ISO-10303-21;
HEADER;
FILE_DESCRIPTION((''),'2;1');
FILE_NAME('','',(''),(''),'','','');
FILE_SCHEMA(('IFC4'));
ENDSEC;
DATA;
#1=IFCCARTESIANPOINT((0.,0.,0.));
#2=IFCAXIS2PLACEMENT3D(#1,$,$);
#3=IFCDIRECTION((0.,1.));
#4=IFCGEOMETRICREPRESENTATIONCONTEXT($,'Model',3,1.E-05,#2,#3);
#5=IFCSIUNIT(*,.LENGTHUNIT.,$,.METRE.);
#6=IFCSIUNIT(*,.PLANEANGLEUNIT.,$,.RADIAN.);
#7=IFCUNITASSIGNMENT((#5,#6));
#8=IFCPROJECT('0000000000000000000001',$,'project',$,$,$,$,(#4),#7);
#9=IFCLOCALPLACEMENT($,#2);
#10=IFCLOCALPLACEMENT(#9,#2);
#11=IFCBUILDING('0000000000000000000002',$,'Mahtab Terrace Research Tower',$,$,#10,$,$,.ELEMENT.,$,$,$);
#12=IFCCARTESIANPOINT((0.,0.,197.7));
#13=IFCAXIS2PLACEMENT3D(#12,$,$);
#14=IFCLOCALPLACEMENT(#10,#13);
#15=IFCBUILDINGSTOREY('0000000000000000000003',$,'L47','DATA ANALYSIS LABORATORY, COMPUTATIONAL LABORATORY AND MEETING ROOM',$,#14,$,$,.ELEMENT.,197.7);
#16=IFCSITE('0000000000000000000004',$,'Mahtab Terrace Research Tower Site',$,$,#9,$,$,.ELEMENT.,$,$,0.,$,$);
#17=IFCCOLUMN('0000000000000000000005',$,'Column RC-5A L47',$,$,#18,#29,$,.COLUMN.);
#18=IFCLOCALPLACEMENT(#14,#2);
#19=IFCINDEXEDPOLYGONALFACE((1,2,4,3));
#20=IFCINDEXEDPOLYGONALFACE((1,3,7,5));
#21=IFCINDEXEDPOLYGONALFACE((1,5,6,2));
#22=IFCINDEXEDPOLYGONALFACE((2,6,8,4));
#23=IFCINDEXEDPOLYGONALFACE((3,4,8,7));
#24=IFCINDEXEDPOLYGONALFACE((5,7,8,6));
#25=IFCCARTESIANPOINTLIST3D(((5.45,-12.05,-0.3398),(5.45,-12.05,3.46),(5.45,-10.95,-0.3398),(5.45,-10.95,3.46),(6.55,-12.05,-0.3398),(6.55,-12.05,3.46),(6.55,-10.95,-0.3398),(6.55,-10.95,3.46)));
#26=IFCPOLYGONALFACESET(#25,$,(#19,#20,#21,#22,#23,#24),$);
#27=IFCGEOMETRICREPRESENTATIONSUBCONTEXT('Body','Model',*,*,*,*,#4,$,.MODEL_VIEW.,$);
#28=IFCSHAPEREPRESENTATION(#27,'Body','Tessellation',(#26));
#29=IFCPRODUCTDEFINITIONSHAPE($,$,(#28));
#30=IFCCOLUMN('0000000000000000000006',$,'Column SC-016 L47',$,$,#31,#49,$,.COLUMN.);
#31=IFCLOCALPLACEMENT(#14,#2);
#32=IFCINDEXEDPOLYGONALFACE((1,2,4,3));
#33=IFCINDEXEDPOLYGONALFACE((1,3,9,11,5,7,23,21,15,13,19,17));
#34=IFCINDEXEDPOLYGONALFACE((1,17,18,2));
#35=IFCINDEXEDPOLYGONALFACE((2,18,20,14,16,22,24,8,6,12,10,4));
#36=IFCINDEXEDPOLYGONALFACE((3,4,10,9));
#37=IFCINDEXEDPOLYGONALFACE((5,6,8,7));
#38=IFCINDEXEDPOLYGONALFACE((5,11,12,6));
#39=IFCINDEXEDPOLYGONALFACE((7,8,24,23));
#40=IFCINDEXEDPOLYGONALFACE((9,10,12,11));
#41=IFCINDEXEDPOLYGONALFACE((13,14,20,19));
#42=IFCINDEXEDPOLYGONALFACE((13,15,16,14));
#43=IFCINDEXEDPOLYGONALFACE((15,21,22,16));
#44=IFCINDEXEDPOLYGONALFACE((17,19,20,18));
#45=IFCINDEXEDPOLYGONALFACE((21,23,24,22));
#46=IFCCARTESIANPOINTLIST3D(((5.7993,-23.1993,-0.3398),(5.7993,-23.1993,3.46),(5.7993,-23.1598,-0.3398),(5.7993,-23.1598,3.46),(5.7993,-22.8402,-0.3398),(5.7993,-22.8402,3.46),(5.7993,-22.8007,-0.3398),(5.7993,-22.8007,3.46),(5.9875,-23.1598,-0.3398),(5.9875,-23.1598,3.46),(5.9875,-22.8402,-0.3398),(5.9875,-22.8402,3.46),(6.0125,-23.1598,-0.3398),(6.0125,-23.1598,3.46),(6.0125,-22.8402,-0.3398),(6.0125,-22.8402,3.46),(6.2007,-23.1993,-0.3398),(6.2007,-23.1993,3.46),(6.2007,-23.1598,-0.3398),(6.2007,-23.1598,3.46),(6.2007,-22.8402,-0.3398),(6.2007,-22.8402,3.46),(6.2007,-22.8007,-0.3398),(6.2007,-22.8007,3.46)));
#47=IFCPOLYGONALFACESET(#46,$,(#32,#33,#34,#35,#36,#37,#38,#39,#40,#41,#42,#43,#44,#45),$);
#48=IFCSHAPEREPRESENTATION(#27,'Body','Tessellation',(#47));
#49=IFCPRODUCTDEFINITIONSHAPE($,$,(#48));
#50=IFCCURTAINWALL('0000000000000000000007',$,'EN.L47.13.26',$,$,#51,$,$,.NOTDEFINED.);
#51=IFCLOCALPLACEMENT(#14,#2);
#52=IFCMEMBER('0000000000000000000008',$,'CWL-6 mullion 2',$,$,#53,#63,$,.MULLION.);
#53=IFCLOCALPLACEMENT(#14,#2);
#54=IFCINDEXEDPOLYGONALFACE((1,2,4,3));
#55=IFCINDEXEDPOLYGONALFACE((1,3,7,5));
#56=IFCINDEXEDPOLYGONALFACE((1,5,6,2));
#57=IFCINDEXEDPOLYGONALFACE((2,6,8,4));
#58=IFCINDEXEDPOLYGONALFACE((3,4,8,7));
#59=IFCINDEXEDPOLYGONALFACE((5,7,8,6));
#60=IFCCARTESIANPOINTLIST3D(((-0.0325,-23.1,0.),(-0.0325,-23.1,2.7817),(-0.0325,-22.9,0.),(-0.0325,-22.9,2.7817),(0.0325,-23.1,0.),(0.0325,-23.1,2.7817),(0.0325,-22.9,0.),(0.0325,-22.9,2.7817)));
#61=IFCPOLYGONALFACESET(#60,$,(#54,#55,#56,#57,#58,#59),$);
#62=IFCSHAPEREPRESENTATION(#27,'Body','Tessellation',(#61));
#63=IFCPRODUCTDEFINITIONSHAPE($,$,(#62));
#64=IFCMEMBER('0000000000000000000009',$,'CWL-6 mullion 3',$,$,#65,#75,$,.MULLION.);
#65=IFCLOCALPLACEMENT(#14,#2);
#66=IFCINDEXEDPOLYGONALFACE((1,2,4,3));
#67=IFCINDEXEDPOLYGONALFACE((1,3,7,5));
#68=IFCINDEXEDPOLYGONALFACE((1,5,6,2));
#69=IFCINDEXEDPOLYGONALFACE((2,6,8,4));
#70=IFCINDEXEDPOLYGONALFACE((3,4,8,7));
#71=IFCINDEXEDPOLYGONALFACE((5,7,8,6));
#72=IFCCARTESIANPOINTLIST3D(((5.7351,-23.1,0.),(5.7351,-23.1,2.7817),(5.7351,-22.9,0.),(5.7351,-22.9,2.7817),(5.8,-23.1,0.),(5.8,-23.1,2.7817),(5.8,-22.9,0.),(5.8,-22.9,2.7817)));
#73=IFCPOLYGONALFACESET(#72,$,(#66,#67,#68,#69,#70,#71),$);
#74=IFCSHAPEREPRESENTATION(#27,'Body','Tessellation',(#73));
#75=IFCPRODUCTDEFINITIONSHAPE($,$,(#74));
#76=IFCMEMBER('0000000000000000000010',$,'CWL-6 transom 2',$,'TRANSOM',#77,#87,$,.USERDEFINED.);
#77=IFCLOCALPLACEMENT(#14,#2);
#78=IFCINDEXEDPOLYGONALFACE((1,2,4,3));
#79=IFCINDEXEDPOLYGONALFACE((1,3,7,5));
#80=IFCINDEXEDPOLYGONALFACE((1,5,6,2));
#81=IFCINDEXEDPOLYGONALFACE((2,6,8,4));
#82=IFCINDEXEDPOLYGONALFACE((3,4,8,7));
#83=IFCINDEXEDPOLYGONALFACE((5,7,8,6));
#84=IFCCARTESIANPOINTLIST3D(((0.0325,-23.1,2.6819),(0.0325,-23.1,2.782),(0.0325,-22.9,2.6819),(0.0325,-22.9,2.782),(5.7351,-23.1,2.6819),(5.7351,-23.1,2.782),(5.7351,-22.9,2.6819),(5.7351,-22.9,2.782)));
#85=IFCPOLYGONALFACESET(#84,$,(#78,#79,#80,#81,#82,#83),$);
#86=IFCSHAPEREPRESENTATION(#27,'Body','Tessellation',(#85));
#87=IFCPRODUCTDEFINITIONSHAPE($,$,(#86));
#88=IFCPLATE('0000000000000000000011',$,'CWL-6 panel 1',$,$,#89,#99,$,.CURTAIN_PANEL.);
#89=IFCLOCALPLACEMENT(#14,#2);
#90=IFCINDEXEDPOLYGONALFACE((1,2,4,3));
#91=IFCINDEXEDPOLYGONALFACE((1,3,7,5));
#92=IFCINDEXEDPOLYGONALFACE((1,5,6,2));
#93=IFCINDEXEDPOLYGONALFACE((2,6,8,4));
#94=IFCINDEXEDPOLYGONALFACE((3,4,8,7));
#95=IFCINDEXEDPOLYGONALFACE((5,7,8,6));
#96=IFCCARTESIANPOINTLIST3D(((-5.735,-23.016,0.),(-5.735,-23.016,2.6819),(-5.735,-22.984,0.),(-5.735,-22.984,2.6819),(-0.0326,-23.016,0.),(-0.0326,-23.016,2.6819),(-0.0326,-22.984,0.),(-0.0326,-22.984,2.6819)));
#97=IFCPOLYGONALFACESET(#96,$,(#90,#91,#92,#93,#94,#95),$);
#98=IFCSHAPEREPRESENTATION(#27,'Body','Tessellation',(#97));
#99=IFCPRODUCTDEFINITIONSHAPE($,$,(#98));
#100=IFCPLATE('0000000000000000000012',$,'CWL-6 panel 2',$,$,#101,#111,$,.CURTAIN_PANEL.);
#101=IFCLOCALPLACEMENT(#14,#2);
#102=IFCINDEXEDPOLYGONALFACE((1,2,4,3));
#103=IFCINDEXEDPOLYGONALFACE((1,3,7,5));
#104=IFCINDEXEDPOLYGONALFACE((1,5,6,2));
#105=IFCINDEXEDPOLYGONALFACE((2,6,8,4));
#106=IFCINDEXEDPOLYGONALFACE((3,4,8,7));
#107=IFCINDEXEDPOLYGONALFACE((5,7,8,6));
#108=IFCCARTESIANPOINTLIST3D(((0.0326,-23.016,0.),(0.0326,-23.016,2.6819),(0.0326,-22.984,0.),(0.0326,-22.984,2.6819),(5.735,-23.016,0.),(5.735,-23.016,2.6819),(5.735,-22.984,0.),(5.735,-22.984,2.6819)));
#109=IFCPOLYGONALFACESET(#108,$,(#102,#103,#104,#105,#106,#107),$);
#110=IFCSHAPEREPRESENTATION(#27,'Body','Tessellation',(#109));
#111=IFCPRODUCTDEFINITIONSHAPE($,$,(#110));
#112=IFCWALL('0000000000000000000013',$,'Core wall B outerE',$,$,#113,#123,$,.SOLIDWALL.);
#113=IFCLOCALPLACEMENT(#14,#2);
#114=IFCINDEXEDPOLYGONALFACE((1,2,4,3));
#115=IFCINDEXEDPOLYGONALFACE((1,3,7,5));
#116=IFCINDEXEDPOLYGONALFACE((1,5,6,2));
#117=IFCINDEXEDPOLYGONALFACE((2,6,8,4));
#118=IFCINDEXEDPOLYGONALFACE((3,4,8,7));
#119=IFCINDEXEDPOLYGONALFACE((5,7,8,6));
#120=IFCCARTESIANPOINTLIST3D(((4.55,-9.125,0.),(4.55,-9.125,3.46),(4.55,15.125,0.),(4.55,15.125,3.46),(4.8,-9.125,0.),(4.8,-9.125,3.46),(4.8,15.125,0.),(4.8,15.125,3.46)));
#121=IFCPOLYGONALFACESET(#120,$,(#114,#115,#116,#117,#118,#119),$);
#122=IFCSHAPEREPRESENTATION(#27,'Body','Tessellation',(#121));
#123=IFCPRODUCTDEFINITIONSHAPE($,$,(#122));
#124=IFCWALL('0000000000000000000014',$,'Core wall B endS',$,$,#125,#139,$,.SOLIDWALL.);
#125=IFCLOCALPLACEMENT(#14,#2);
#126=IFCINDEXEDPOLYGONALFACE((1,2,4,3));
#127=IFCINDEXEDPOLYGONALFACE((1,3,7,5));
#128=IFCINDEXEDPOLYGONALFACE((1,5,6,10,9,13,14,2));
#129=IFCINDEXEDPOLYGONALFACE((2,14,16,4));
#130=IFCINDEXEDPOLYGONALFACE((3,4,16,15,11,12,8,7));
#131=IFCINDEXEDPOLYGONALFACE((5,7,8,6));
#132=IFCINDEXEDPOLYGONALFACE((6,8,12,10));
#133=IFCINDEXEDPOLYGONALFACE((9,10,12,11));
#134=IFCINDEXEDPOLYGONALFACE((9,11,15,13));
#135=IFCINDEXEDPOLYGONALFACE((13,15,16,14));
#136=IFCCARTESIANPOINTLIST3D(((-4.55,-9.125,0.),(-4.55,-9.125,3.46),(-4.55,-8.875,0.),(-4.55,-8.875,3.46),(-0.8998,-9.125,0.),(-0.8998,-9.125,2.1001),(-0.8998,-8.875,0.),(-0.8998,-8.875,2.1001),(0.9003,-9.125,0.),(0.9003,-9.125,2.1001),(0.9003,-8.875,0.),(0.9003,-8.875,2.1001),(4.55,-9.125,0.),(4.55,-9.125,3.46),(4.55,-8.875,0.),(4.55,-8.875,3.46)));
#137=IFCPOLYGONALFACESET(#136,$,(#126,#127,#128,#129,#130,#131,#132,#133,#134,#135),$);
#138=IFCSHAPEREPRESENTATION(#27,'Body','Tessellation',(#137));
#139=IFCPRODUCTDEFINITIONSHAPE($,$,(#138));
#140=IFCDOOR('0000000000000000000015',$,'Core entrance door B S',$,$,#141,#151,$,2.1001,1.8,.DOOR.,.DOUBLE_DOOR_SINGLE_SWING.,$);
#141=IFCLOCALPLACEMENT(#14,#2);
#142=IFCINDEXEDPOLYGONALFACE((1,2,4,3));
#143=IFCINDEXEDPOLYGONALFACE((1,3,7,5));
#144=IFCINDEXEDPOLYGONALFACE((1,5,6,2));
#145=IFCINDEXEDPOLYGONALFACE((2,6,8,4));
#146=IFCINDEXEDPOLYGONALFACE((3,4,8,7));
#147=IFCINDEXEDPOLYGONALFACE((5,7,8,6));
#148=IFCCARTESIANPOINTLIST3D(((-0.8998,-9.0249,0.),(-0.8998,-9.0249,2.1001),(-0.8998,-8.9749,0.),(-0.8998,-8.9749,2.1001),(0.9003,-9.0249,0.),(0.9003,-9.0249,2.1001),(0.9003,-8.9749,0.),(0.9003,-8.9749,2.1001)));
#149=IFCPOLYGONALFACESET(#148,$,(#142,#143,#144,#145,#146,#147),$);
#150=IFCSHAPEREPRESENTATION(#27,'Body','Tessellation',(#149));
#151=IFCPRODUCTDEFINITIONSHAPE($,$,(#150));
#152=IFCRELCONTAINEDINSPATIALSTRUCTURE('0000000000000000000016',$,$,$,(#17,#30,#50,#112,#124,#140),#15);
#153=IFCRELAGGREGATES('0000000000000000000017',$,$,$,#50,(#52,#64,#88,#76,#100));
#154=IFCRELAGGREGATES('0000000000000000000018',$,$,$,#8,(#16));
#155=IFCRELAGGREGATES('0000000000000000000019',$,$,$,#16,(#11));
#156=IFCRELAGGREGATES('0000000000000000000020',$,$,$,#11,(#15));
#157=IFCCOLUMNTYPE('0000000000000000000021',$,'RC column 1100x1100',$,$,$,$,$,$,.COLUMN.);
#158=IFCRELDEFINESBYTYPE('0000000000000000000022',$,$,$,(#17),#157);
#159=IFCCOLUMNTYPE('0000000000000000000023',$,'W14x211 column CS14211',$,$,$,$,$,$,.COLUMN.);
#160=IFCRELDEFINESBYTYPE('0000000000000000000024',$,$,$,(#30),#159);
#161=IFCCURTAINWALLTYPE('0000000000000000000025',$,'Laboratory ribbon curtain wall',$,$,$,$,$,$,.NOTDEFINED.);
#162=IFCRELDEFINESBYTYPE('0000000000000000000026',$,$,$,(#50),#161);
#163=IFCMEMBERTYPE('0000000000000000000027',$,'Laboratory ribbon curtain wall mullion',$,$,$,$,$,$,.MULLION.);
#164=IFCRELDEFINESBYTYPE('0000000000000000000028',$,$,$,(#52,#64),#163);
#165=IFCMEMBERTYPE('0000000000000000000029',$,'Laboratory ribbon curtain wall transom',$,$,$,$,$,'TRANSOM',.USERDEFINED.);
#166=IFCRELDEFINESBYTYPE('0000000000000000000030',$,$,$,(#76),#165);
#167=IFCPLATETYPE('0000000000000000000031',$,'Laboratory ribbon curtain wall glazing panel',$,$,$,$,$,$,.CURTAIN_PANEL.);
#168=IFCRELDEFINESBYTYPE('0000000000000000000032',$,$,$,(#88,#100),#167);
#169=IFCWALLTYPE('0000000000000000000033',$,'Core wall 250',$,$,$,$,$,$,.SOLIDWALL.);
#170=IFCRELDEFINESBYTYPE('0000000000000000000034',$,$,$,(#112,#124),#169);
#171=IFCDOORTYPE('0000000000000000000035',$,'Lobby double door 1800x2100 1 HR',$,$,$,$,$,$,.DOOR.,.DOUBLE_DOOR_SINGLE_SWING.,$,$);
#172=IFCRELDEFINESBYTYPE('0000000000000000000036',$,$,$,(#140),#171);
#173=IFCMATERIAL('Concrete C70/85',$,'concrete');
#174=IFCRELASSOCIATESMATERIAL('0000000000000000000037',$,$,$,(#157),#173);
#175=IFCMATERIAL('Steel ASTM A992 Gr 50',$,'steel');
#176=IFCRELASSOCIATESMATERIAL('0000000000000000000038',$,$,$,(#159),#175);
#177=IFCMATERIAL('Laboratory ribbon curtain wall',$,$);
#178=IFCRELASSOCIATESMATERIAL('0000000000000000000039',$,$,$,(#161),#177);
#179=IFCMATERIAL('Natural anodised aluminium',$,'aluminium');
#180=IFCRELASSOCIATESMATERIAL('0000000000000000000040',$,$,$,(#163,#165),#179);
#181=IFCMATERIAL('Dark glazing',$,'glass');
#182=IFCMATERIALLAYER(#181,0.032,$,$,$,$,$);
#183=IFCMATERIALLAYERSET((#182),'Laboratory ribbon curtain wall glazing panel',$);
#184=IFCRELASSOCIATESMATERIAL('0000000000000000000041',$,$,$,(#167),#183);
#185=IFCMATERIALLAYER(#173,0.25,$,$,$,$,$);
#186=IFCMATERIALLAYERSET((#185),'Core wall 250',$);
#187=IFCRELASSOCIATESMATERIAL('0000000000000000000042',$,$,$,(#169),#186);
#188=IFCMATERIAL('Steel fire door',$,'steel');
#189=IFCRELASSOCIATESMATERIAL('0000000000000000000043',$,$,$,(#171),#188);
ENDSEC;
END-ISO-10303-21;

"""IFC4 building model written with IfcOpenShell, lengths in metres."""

from ifc_helpers import new_model, si_unit, direction, frame, frame_2d, origin, origin_2d, place, context, subcontext, project, spatial, rectangle, i_section, extrude, material, layer, layer_set, material_profile, profile_set, type_object, element, fill, aggregate, save


model = new_model("IFC4")

# Units and contexts
model_context = context("Model", 3, precision=1e-05, world=origin(), true_north=direction((0.0, 1.0)))
body_context = subcontext(model_context, "Body", "Model", "MODEL_VIEW")
ifc_project = project(units=[si_unit("LENGTHUNIT", "METRE"), si_unit("PLANEANGLEUNIT", "RADIAN")], contexts=[model_context])

# Site, building, storey
site_placement = place(None, origin())
site = spatial("IfcSite", under=ifc_project, at=site_placement, Name="Mahtab Terrace Research Tower Site", CompositionType="ELEMENT", RefElevation=0.0)
building_placement = place(site_placement, origin())
building = spatial("IfcBuilding", under=site, at=building_placement, Name="Mahtab Terrace Research Tower", CompositionType="ELEMENT")
storey_placement = place(building_placement, frame((0.0, 0.0, 197.7)))
storey = spatial("IfcBuildingStorey", under=building, at=storey_placement, Name="L47", Description="DATA ANALYSIS LABORATORY, COMPUTATIONAL LABORATORY AND MEETING ROOM", CompositionType="ELEMENT", Elevation=197.7)

# Columns
ifc_material_1 = material(Name="Concrete C70/85", Category="concrete")
ifc_material_profile_1 = material_profile(ifc_material_1, rectangle(XDim=1.1001, YDim=1.1001, at=origin_2d()), Name="RC column 1100x1100")
ifc_profile_set_1 = profile_set([ifc_material_profile_1], Name="Concrete C70/85")
column_type_1 = type_object("IfcColumnType", Name="RC column 1100x1100", PredefinedType="COLUMN", material=ifc_profile_set_1)
column_1_placement = place(storey_placement, frame((6.0, -11.5, -0.3398), z_axis=(0.0, 0.0, 1.0), x_axis=(1.0, 0.0, 0.0)))
element("IfcColumn", 1, at=column_1_placement, inside=storey, type_object=column_type_1, Name="Column RC-5A L47", PredefinedType="COLUMN", context=body_context, shape_type="SweptSolid", body=[
    extrude(rectangle(XDim=1.1001, YDim=1.1001, at=origin_2d()), origin(), (0.0, 0.0, 1.0), 3.7998),
])
ifc_material_2 = material(Name="Steel ASTM A992 Gr 50", Category="steel")
ifc_material_profile_2 = material_profile(ifc_material_2, i_section(OverallWidth=0.4014, OverallDepth=0.3987, WebThickness=0.0249, FlangeThickness=0.0396, at=origin_2d()), Name="W14X211")
ifc_profile_set_2 = profile_set([ifc_material_profile_2], Name="Steel ASTM A992 Gr 50")
column_type_2 = type_object("IfcColumnType", Name="W14x211 column CS14211", PredefinedType="COLUMN", material=ifc_profile_set_2)
column_2_placement = place(storey_placement, frame((6.0, -23.0, -0.3398), z_axis=(0.0, 0.0, 1.0), x_axis=(1.0, 0.0, 0.0)))
element("IfcColumn", 2, at=column_2_placement, inside=storey, type_object=column_type_2, Name="Column SC-016 L47", PredefinedType="COLUMN", context=body_context, shape_type="SweptSolid", body=[
    extrude(i_section(OverallWidth=0.4014, OverallDepth=0.3987, WebThickness=0.0249, FlangeThickness=0.0396, at=origin_2d()), origin(), (0.0, 0.0, 1.0), 3.7998),
])

# Curtain wall, members, plates
ifc_material_3 = material(Name="Laboratory ribbon curtain wall")
curtain_wall_type = type_object("IfcCurtainWallType", Name="Laboratory ribbon curtain wall", PredefinedType="NOTDEFINED", material=ifc_material_3)
curtain_wall_placement = place(storey_placement, origin())
curtain_wall = element("IfcCurtainWall", 3, at=curtain_wall_placement, inside=storey, type_object=curtain_wall_type, Name="EN.L47.13.26", PredefinedType="NOTDEFINED")
ifc_material_4 = material(Name="Natural anodised aluminium", Category="aluminium")
ifc_material_profile_3 = material_profile(ifc_material_4, rectangle(XDim=0.2, YDim=0.0649, at=origin_2d()), Name="MULLION 65x200")
ifc_profile_set_3 = profile_set([ifc_material_profile_3], Name="Natural anodised aluminium")
member_type_1 = type_object("IfcMemberType", Name="Laboratory ribbon curtain wall mullion", PredefinedType="MULLION", material=ifc_profile_set_3)
member_1_placement = place(storey_placement, frame((0.0, -23.0, 0.0), z_axis=(0.0, 0.0, 1.0), x_axis=(0.0, 1.0, 0.0)))
member_1 = element("IfcMember", 4, at=member_1_placement, type_object=member_type_1, Name="CWL-6 mullion 2", PredefinedType="MULLION", context=body_context, shape_type="SweptSolid", body=[
    extrude(rectangle(XDim=0.2, YDim=0.0649, at=origin_2d()), origin(), (0.0, 0.0, 1.0), 2.7817),
])
member_2_placement = place(storey_placement, frame((5.7676, -23.0, 0.0), z_axis=(0.0, 0.0, 1.0), x_axis=(0.0, 1.0, 0.0)))
member_2 = element("IfcMember", 5, at=member_2_placement, type_object=member_type_1, Name="CWL-6 mullion 3", PredefinedType="MULLION", context=body_context, shape_type="SweptSolid", body=[
    extrude(rectangle(XDim=0.2, YDim=0.0649, at=origin_2d()), origin(), (0.0, 0.0, 1.0), 2.7817),
])
ifc_material_profile_4 = material_profile(ifc_material_4, rectangle(XDim=0.2, YDim=0.1001, at=origin_2d()), Name="TRANSOM 100x200")
ifc_profile_set_4 = profile_set([ifc_material_profile_4], Name="Natural anodised aluminium")
member_type_2 = type_object("IfcMemberType", Name="Laboratory ribbon curtain wall transom", ElementType="TRANSOM", PredefinedType="USERDEFINED", material=ifc_profile_set_4)
member_3_placement = place(storey_placement, frame((0.0325, -23.0, 2.7319), z_axis=(1.0, 0.0, 0.0), x_axis=(0.0, 1.0, 0.0)))
member_3 = element("IfcMember", 6, at=member_3_placement, type_object=member_type_2, Name="CWL-6 transom 2", ObjectType="TRANSOM", PredefinedType="USERDEFINED", context=body_context, shape_type="SweptSolid", body=[
    extrude(rectangle(XDim=0.2, YDim=0.1001, at=origin_2d()), origin(), (0.0, 0.0, 1.0), 5.7026),
])
ifc_material_5 = material(Name="Dark glazing", Category="glass")
ifc_layer_1 = layer(ifc_material_5, 0.032)
ifc_layer_set_1 = layer_set([ifc_layer_1], Name="Laboratory ribbon curtain wall glazing panel")
plate_type = type_object("IfcPlateType", Name="Laboratory ribbon curtain wall glazing panel", PredefinedType="CURTAIN_PANEL", material=ifc_layer_set_1)
plate_1_placement = place(storey_placement, frame((-2.8838, -23.0, 0.0), z_axis=(0.0, 0.0, 1.0), x_axis=(1.0, 0.0, 0.0)))
plate_1 = element("IfcPlate", 7, at=plate_1_placement, type_object=plate_type, Name="CWL-6 panel 1", PredefinedType="CURTAIN_PANEL", context=body_context, shape_type="SweptSolid", body=[
    extrude(rectangle(XDim=5.7024, YDim=0.032, at=origin_2d()), origin(), (0.0, 0.0, 1.0), 2.6819),
])
plate_2_placement = place(storey_placement, frame((2.8838, -23.0, 0.0), z_axis=(0.0, 0.0, 1.0), x_axis=(1.0, 0.0, 0.0)))
plate_2 = element("IfcPlate", 8, at=plate_2_placement, type_object=plate_type, Name="CWL-6 panel 2", PredefinedType="CURTAIN_PANEL", context=body_context, shape_type="SweptSolid", body=[
    extrude(rectangle(XDim=5.7024, YDim=0.032, at=origin_2d()), origin(), (0.0, 0.0, 1.0), 2.6819),
])
aggregate(curtain_wall, [member_1, member_2, plate_1, member_3, plate_2])

# Wall
ifc_layer_2 = layer(ifc_material_1, 0.25)
ifc_layer_set_2 = layer_set([ifc_layer_2], Name="Core wall 250")
wall_type_1 = type_object("IfcWallType", Name="Core wall 250", PredefinedType="SOLIDWALL", material=ifc_layer_set_2)
wall_1_placement = place(storey_placement, frame((4.675, -9.125, 0.0), z_axis=(0.0, 0.0, 1.0), x_axis=(0.0, 1.0, 0.0)))
element("IfcWall", 9, at=wall_1_placement, inside=storey, type_object=wall_type_1, Name="Core wall B outerE", PredefinedType="SOLIDWALL", context=body_context, shape_type="SweptSolid", body=[
    extrude(rectangle(XDim=24.25, YDim=0.25, at=frame_2d((12.125, 0.0))), origin(), (0.0, 0.0, 1.0), 3.46),
])

# Wall, opening, door
wall_2_placement = place(storey_placement, frame((4.55, -9.0, 0.0), z_axis=(0.0, 0.0, 1.0), x_axis=(-1.0, 0.0, 0.0)))
wall_2 = element("IfcWall", 10, at=wall_2_placement, inside=storey, type_object=wall_type_1, Name="Core wall B endS", PredefinedType="SOLIDWALL", context=body_context, shape_type="SweptSolid", body=[
    extrude(rectangle(XDim=9.1001, YDim=0.25, at=frame_2d((4.55, 0.0))), origin(), (0.0, 0.0, 1.0), 3.46),
])
opening_1_placement = place(wall_2_placement, frame((3.6499, 0.0, 0.0)))
opening_1 = element("IfcOpeningElement", 11, at=opening_1_placement, cuts=wall_2, PredefinedType="OPENING", context=body_context, shape_type="SweptSolid", body=[
    extrude(rectangle(XDim=1.8, YDim=2.1001, at=frame_2d((0.8999, 1.05))), frame((0.0, 0.135, 0.0), z_axis=(0.0, -1.0, 0.0), x_axis=(1.0, 0.0, 0.0)), (0.0, 0.0, 1.0), 0.27),
])
ifc_material_6 = material(Name="Steel fire door", Category="steel")
door_type_1 = type_object("IfcDoorType", Name="Lobby double door 1800x2100 1 HR", OperationType="DOUBLE_DOOR_SINGLE_SWING", PredefinedType="DOOR", material=ifc_material_6)
door_1_placement = place(opening_1_placement, origin())
door_1 = element("IfcDoor", 12, at=door_1_placement, inside=storey, type_object=door_type_1, Name="Core entrance door B S", OperationType="DOUBLE_DOOR_SINGLE_SWING", OverallHeight=2.1001, OverallWidth=1.8, PredefinedType="DOOR", context=body_context, shape_type="SweptSolid", body=[
    extrude(rectangle(XDim=1.8, YDim=2.1001, at=frame_2d((0.8999, 1.05))), frame((0.0, 0.0249, 0.0), z_axis=(0.0, -1.0, 0.0), x_axis=(1.0, 0.0, 0.0)), (0.0, 0.0, 1.0), 0.05),
])
fill(opening_1, door_1)

save(model, "model.ifc")
